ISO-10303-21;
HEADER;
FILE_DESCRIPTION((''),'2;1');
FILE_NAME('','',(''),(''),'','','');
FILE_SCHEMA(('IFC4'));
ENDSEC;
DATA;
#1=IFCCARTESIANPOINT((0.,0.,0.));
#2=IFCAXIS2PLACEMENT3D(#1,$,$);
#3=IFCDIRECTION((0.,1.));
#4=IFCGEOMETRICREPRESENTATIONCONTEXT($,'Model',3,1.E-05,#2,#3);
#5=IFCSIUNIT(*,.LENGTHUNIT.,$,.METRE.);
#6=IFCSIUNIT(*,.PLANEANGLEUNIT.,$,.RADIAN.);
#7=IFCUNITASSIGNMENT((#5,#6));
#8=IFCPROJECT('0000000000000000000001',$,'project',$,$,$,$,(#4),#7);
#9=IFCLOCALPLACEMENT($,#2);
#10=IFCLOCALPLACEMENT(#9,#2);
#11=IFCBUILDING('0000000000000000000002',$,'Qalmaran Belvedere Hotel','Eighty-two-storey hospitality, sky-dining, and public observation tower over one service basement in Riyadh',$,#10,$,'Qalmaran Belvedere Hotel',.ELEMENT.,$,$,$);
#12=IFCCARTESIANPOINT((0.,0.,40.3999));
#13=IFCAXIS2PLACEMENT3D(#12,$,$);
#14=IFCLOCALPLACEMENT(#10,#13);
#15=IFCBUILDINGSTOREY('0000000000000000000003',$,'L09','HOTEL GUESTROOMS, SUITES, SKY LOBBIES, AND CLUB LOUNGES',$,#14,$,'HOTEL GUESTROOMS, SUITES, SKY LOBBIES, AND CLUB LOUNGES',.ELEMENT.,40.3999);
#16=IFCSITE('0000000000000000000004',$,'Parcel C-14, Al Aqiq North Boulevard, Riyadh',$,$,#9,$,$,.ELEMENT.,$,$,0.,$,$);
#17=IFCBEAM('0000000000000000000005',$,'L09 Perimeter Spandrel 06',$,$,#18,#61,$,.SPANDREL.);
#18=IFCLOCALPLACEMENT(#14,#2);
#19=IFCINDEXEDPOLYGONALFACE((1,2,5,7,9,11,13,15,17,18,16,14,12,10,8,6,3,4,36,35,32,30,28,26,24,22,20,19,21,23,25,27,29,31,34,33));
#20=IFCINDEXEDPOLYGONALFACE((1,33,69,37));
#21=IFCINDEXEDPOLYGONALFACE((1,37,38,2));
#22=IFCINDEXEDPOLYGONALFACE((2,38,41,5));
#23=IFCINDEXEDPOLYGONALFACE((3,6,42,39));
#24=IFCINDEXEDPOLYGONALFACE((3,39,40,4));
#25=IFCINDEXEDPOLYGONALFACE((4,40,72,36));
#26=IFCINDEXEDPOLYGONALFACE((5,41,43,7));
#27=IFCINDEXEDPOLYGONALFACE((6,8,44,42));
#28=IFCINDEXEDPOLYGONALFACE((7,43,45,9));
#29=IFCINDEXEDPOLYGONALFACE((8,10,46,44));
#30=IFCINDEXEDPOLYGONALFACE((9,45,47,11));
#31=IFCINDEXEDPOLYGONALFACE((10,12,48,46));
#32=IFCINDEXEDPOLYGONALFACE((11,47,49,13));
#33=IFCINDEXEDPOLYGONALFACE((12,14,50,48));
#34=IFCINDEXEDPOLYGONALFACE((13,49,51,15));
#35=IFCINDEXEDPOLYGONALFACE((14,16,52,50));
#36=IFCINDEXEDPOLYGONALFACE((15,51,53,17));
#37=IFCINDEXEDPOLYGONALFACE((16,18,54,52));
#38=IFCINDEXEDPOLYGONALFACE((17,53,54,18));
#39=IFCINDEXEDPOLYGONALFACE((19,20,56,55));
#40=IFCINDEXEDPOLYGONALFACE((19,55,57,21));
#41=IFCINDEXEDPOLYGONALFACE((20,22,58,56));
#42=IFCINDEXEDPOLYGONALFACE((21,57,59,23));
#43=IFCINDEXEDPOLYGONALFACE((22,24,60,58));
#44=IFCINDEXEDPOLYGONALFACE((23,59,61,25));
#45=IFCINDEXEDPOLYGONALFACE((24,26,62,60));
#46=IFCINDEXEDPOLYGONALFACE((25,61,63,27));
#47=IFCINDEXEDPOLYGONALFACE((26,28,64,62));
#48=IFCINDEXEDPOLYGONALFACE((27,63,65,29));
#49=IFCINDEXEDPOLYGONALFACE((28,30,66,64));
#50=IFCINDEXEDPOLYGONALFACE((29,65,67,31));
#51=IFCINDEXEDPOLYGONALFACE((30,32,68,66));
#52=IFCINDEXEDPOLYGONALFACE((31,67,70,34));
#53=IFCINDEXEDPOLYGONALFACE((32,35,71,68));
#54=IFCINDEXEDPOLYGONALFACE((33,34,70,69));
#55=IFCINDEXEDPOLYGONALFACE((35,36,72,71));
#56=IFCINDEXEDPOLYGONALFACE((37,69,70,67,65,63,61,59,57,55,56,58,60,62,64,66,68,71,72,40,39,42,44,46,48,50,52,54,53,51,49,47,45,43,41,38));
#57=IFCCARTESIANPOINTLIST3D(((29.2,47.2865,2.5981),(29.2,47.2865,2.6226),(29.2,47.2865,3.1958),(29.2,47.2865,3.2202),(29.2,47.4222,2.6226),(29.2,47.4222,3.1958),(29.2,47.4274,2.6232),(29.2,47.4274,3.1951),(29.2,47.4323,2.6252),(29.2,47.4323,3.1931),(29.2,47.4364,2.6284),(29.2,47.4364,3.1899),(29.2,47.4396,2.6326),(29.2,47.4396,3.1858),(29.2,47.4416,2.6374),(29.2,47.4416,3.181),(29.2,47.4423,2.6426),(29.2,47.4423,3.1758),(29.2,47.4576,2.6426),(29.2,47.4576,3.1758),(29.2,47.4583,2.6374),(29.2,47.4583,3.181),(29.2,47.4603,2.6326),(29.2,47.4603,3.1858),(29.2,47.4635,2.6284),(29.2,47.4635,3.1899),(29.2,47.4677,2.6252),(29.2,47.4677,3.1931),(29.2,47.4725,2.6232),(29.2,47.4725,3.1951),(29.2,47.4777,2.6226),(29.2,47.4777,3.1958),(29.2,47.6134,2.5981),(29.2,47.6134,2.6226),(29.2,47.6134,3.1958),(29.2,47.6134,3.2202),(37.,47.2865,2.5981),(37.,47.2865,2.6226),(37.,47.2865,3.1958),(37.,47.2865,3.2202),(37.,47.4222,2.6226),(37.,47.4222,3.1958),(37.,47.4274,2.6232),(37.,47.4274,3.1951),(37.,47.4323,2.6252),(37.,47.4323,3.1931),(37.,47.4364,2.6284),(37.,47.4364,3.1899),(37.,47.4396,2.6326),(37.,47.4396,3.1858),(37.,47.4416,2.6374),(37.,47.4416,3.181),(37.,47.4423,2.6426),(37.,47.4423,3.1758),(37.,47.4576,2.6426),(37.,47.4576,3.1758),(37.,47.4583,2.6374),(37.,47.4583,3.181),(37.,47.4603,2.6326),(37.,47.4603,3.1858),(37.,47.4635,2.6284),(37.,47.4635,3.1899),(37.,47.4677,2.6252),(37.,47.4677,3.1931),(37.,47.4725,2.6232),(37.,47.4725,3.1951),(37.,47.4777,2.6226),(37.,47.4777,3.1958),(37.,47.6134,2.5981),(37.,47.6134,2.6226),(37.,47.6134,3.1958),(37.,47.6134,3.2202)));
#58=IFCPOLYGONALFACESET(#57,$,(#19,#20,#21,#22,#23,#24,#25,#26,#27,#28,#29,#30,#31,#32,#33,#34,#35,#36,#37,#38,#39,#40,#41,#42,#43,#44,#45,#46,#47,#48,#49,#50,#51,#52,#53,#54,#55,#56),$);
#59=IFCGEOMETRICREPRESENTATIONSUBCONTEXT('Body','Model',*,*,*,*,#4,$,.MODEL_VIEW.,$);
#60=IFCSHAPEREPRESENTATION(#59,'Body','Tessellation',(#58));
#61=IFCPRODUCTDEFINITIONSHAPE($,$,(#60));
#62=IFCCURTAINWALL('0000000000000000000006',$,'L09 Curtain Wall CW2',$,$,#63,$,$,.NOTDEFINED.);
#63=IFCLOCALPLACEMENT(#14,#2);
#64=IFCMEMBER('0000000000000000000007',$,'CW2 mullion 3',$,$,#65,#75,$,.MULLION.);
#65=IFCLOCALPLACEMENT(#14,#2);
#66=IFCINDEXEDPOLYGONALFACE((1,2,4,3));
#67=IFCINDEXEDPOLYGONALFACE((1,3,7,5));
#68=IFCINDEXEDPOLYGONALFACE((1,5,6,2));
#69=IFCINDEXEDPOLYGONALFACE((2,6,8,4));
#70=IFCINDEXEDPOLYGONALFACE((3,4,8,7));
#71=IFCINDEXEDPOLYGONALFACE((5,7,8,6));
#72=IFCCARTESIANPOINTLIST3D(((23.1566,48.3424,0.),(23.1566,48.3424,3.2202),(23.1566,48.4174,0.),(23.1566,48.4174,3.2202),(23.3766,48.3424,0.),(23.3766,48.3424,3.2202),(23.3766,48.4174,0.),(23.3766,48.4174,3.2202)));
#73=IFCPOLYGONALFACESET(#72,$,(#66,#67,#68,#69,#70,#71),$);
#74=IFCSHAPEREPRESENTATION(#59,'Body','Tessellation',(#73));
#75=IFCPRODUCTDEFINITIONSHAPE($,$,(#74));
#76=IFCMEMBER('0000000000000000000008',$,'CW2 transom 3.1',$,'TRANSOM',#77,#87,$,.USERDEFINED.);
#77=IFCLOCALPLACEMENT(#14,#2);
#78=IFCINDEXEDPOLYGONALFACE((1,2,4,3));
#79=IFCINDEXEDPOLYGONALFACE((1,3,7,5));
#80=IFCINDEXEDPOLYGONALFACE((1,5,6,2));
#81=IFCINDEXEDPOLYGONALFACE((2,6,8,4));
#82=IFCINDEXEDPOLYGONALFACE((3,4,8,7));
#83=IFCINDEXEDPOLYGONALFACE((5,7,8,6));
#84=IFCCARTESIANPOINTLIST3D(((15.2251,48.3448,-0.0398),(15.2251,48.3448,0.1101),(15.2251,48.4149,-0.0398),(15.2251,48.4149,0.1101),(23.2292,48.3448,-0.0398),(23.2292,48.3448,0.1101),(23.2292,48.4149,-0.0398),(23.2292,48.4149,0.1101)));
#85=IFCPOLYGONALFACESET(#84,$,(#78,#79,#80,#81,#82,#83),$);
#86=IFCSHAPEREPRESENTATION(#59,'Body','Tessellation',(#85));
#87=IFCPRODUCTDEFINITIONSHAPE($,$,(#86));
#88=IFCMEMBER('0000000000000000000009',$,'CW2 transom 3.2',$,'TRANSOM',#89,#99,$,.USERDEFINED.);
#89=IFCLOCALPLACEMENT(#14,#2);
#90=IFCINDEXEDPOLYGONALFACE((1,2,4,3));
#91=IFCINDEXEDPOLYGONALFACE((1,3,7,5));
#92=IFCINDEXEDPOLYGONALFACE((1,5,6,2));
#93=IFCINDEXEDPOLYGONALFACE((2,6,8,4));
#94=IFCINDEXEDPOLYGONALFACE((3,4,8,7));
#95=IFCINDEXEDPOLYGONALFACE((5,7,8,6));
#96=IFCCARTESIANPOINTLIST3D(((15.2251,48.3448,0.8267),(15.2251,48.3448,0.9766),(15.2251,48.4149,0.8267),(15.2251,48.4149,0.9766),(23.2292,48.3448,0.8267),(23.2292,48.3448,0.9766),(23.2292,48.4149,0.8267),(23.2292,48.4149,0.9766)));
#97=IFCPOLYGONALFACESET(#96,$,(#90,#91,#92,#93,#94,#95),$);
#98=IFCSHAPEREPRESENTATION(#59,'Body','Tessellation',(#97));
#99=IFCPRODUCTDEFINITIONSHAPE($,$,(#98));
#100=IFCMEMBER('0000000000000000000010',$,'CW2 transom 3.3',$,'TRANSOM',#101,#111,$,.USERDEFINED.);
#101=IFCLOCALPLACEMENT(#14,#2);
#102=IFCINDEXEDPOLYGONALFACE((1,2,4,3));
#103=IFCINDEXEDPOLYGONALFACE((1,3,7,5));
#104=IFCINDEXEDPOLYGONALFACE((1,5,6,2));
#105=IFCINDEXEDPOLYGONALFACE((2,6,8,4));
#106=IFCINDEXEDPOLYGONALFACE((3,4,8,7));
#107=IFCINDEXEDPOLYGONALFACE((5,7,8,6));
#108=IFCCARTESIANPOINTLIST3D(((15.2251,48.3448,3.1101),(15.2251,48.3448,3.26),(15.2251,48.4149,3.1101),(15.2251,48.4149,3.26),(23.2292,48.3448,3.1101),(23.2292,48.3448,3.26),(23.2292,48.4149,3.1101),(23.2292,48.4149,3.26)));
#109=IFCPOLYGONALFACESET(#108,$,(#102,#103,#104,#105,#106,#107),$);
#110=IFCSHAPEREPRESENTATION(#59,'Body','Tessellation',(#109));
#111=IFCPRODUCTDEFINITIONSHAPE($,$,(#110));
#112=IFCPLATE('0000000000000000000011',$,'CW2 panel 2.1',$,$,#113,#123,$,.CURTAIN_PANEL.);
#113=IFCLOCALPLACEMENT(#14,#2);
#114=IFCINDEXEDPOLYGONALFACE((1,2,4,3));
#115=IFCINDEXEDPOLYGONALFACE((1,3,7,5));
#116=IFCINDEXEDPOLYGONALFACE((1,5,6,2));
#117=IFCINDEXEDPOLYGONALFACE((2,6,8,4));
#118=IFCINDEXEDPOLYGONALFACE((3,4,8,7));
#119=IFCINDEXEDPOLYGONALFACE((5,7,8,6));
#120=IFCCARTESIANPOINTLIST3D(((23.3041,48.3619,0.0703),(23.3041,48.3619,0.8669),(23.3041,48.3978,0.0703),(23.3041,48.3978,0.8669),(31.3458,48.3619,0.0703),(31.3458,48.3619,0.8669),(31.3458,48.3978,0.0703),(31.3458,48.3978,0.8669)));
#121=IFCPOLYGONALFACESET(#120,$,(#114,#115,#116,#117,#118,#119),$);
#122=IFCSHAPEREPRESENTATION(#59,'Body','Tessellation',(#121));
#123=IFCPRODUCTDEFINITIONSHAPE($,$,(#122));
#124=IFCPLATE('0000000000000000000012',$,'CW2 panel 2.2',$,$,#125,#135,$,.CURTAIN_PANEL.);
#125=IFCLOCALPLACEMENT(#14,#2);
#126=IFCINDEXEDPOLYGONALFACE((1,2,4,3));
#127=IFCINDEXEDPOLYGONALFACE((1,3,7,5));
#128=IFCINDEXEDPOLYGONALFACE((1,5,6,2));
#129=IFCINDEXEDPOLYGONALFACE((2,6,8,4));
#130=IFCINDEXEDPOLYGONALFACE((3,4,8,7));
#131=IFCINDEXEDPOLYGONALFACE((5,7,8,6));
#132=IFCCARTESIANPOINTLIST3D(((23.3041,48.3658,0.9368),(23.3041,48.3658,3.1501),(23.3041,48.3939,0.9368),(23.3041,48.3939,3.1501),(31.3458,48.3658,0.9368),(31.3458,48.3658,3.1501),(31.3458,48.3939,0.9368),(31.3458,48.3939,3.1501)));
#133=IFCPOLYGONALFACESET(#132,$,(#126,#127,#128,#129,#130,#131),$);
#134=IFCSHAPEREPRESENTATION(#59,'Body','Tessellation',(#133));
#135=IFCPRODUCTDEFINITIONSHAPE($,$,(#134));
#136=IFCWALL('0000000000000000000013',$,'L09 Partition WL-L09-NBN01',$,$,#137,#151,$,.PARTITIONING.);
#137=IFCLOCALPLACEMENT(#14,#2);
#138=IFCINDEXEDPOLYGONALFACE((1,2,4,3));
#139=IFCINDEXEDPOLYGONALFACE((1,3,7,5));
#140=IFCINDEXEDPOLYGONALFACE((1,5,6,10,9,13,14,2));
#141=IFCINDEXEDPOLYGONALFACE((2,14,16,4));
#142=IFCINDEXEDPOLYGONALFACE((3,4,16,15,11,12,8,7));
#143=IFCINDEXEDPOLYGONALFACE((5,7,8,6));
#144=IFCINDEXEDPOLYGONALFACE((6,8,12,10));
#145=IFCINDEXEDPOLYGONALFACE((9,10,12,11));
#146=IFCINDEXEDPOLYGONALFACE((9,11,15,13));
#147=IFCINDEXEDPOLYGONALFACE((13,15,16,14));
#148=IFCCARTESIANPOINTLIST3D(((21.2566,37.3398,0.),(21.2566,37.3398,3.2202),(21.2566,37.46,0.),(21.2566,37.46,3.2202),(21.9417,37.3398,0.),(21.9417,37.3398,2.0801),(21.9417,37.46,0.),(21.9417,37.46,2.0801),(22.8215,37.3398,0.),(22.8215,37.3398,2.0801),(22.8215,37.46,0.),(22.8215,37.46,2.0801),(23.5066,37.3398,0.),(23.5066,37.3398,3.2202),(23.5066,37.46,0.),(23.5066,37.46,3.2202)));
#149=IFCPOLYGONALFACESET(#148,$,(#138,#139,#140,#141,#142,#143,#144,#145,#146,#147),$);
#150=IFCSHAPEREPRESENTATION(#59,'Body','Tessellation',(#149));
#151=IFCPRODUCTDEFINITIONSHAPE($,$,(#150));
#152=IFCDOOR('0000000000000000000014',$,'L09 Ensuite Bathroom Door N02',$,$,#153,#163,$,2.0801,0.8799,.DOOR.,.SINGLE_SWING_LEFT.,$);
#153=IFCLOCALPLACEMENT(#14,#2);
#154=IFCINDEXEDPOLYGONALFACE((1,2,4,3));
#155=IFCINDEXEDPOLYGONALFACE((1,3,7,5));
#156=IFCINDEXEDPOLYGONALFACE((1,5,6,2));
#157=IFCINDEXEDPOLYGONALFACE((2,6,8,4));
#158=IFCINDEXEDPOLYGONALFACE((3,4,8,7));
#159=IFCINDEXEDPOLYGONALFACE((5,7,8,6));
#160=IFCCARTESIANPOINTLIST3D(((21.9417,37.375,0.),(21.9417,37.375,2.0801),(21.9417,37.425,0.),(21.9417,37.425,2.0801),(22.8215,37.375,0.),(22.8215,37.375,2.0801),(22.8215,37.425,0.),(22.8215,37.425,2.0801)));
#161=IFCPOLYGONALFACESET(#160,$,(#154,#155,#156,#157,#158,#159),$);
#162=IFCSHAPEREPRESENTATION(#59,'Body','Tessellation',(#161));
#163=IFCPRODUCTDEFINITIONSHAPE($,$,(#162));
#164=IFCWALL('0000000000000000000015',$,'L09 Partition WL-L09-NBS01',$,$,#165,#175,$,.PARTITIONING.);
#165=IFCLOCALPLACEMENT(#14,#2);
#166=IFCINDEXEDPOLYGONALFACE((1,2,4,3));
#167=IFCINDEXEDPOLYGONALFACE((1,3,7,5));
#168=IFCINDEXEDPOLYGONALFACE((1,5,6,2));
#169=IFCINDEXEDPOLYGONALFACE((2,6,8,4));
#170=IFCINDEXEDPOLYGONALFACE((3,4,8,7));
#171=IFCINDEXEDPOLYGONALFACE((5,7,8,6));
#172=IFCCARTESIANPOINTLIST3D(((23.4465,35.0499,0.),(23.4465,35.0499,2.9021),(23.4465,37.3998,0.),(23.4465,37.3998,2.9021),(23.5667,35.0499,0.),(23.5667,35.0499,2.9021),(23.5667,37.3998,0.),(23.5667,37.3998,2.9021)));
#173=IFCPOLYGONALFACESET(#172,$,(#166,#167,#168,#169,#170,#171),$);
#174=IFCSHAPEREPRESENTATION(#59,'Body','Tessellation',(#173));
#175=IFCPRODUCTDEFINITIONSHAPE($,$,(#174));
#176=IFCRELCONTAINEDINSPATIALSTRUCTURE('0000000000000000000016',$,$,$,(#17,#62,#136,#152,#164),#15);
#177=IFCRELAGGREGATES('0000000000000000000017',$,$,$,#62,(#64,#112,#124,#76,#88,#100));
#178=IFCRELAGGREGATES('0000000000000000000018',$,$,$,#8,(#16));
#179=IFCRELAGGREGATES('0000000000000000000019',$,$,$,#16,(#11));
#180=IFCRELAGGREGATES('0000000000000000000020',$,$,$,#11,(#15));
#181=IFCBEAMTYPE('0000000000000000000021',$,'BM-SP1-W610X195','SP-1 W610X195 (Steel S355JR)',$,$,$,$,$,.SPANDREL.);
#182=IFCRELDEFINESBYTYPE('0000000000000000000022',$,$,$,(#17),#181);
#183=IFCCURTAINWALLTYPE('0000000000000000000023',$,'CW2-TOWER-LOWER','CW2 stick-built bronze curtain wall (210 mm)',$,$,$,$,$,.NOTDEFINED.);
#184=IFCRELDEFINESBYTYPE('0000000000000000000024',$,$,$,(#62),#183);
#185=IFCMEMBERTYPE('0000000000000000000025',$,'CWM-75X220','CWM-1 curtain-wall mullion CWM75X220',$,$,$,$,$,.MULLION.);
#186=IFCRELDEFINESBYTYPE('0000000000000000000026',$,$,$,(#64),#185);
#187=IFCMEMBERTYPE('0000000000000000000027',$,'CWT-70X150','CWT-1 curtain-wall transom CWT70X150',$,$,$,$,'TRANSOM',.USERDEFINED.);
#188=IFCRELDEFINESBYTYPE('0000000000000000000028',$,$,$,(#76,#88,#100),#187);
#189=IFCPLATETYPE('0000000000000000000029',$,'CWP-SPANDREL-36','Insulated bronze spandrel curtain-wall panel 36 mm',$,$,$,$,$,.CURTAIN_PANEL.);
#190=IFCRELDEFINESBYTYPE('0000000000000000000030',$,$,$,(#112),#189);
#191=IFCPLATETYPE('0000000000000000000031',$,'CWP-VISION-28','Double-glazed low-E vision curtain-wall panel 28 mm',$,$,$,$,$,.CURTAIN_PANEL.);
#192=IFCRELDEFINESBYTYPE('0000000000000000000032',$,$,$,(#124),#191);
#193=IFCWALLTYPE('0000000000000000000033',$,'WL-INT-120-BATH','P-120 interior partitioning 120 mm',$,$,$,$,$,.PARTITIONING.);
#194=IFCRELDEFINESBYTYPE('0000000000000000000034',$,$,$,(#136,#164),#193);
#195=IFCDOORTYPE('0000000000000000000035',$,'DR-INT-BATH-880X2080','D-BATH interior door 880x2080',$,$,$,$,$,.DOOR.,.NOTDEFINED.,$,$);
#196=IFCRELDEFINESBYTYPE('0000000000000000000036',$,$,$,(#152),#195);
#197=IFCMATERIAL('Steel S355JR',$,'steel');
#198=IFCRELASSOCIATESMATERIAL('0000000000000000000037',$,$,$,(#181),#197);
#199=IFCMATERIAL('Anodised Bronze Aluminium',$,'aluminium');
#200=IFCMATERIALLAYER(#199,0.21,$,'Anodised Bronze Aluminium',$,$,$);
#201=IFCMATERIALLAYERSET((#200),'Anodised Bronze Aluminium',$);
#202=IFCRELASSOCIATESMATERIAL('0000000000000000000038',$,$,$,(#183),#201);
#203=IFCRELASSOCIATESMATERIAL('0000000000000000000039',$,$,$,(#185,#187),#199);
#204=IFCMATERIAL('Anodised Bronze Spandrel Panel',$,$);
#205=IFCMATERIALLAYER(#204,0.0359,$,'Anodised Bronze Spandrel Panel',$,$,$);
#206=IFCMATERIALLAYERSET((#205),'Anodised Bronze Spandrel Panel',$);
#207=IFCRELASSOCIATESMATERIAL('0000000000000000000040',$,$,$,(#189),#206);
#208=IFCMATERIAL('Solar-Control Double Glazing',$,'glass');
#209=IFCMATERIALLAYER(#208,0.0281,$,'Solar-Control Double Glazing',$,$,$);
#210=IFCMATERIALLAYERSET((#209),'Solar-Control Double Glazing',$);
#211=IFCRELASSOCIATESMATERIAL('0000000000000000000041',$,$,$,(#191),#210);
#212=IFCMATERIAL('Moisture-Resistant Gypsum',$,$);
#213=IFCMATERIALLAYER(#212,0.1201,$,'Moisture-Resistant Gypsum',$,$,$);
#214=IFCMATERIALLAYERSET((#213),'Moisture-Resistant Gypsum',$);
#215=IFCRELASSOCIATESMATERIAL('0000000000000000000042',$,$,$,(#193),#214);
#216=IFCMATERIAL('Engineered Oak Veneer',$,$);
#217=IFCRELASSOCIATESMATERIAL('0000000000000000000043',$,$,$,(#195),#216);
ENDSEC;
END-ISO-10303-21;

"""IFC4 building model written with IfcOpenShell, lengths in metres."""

from ifc_helpers import new_model, si_unit, direction, frame, frame_2d, origin, origin_2d, place, context, subcontext, project, spatial, rectangle, i_section, extrude, material, layer, layer_set, material_profile, profile_set, type_object, element, fill, aggregate, save


model = new_model("IFC4")

# Units and contexts
model_context = context("Model", 3, precision=1e-05, world=origin(), true_north=direction((0.0, 1.0)))
body_context = subcontext(model_context, "Body", "Model", "MODEL_VIEW")
ifc_project = project(units=[si_unit("LENGTHUNIT", "METRE"), si_unit("PLANEANGLEUNIT", "RADIAN")], contexts=[model_context])

# Site, building, storey
site_placement = place(None, origin())
site = spatial("IfcSite", under=ifc_project, at=site_placement, Name="Parcel C-14, Al Aqiq North Boulevard, Riyadh", CompositionType="ELEMENT", RefElevation=0.0)
building_placement = place(site_placement, origin())
building = spatial("IfcBuilding", under=site, at=building_placement, Name="Qalmaran Belvedere Hotel", Description="Eighty-two-storey hospitality, sky-dining, and public observation tower over one service basement in Riyadh", LongName="Qalmaran Belvedere Hotel", CompositionType="ELEMENT")
storey_placement = place(building_placement, frame((0.0, 0.0, 40.3999)))
storey = spatial("IfcBuildingStorey", under=building, at=storey_placement, Name="L09", Description="HOTEL GUESTROOMS, SUITES, SKY LOBBIES, AND CLUB LOUNGES", LongName="HOTEL GUESTROOMS, SUITES, SKY LOBBIES, AND CLUB LOUNGES", CompositionType="ELEMENT", Elevation=40.3999)

# Beam
ifc_material_1 = material(Name="Steel S355JR", Category="steel")
ifc_material_profile_1 = material_profile(ifc_material_1, i_section(OverallWidth=0.3269, OverallDepth=0.6221, WebThickness=0.0154, FlangeThickness=0.0244, FilletRadius=0.02, at=origin_2d()), Name="W610X195")
ifc_profile_set_1 = profile_set([ifc_material_profile_1], Name="Steel S355JR")
beam_type_1 = type_object("IfcBeamType", Name="BM-SP1-W610X195", Description="SP-1 W610X195 (Steel S355JR)", PredefinedType="SPANDREL", material=ifc_profile_set_1)
beam_1_placement = place(storey_placement, frame((29.2, 47.45, 2.9092), z_axis=(1.0, 0.0, 0.0), x_axis=(0.0, 1.0, 0.0)))
element("IfcBeam", 1, at=beam_1_placement, inside=storey, type_object=beam_type_1, Name="L09 Perimeter Spandrel 06", PredefinedType="SPANDREL", context=body_context, shape_type="SweptSolid", body=[
    extrude(i_section(OverallWidth=0.3269, OverallDepth=0.6221, WebThickness=0.0154, FlangeThickness=0.0244, FilletRadius=0.02, at=origin_2d()), origin(), (0.0, 0.0, 1.0), 7.8),
])

# Curtain wall, members, plates
ifc_material_2 = material(Name="Anodised Bronze Aluminium", Category="aluminium")
ifc_layer_1 = layer(ifc_material_2, 0.21, Name="Anodised Bronze Aluminium")
ifc_layer_set_1 = layer_set([ifc_layer_1], Name="Anodised Bronze Aluminium")
curtain_wall_type = type_object("IfcCurtainWallType", Name="CW2-TOWER-LOWER", Description="CW2 stick-built bronze curtain wall (210 mm)", PredefinedType="NOTDEFINED", material=ifc_layer_set_1)
curtain_wall_placement = place(storey_placement, origin())
curtain_wall = element("IfcCurtainWall", 2, at=curtain_wall_placement, inside=storey, type_object=curtain_wall_type, Name="L09 Curtain Wall CW2", PredefinedType="NOTDEFINED")
ifc_material_profile_2 = material_profile(ifc_material_2, rectangle(XDim=0.075, YDim=0.22, at=origin_2d()), Name="CWM75X220")
ifc_profile_set_2 = profile_set([ifc_material_profile_2], Name="Anodised Bronze Aluminium")
member_type_1 = type_object("IfcMemberType", Name="CWM-75X220", Description="CWM-1 curtain-wall mullion CWM75X220", PredefinedType="MULLION", material=ifc_profile_set_2)
member_1_placement = place(storey_placement, frame((23.2666, 48.3799, 0.0), z_axis=(0.0, 0.0, 1.0), x_axis=(0.0, -1.0, 0.0)))
member_1 = element("IfcMember", 3, at=member_1_placement, type_object=member_type_1, Name="CW2 mullion 3", PredefinedType="MULLION", context=body_context, shape_type="SweptSolid", body=[
    extrude(rectangle(XDim=0.075, YDim=0.22, at=origin_2d()), origin(), (0.0, 0.0, 1.0), 3.2202),
])
ifc_material_profile_3 = material_profile(ifc_material_2, rectangle(XDim=0.0701, YDim=0.1499, at=origin_2d()), Name="CWT70X150")
ifc_profile_set_3 = profile_set([ifc_material_profile_3], Name="Anodised Bronze Aluminium")
member_type_2 = type_object("IfcMemberType", Name="CWT-70X150", Description="CWT-1 curtain-wall transom CWT70X150", ElementType="TRANSOM", PredefinedType="USERDEFINED", material=ifc_profile_set_3)
member_2_placement = place(storey_placement, frame((23.2292, 48.3799, 0.0352), z_axis=(-1.0, 0.0, 0.0), x_axis=(0.0, -1.0, 0.0)))
member_2 = element("IfcMember", 4, at=member_2_placement, type_object=member_type_2, Name="CW2 transom 3.1", ObjectType="TRANSOM", PredefinedType="USERDEFINED", context=body_context, shape_type="SweptSolid", body=[
    extrude(rectangle(XDim=0.0701, YDim=0.1499, at=origin_2d()), origin(), (0.0, 0.0, 1.0), 8.0042),
])
member_3_placement = place(storey_placement, frame((23.2292, 48.3799, 0.9016), z_axis=(-1.0, 0.0, 0.0), x_axis=(0.0, -1.0, 0.0)))
member_3 = element("IfcMember", 5, at=member_3_placement, type_object=member_type_2, Name="CW2 transom 3.2", ObjectType="TRANSOM", PredefinedType="USERDEFINED", context=body_context, shape_type="SweptSolid", body=[
    extrude(rectangle(XDim=0.0701, YDim=0.1499, at=origin_2d()), origin(), (0.0, 0.0, 1.0), 8.0042),
])
member_4_placement = place(storey_placement, frame((23.2292, 48.3799, 3.1851), z_axis=(-1.0, 0.0, 0.0), x_axis=(0.0, -1.0, 0.0)))
member_4 = element("IfcMember", 6, at=member_4_placement, type_object=member_type_2, Name="CW2 transom 3.3", ObjectType="TRANSOM", PredefinedType="USERDEFINED", context=body_context, shape_type="SweptSolid", body=[
    extrude(rectangle(XDim=0.0701, YDim=0.1499, at=origin_2d()), origin(), (0.0, 0.0, 1.0), 8.0042),
])
ifc_material_3 = material(Name="Anodised Bronze Spandrel Panel")
ifc_layer_2 = layer(ifc_material_3, 0.0359, Name="Anodised Bronze Spandrel Panel")
ifc_layer_set_2 = layer_set([ifc_layer_2], Name="Anodised Bronze Spandrel Panel")
plate_type_1 = type_object("IfcPlateType", Name="CWP-SPANDREL-36", Description="Insulated bronze spandrel curtain-wall panel 36 mm", PredefinedType="CURTAIN_PANEL", material=ifc_layer_set_2)
plate_1_placement = place(storey_placement, frame((27.325, 48.3799, 0.0703), z_axis=(0.0, 0.0, 1.0), x_axis=(-1.0, 0.0, 0.0)))
plate_1 = element("IfcPlate", 7, at=plate_1_placement, type_object=plate_type_1, Name="CW2 panel 2.1", PredefinedType="CURTAIN_PANEL", context=body_context, shape_type="SweptSolid", body=[
    extrude(rectangle(XDim=8.0417, YDim=0.0359, at=origin_2d()), origin(), (0.0, 0.0, 1.0), 0.7966),
])
ifc_material_4 = material(Name="Solar-Control Double Glazing", Category="glass")
ifc_layer_3 = layer(ifc_material_4, 0.0281, Name="Solar-Control Double Glazing")
ifc_layer_set_3 = layer_set([ifc_layer_3], Name="Solar-Control Double Glazing")
plate_type_2 = type_object("IfcPlateType", Name="CWP-VISION-28", Description="Double-glazed low-E vision curtain-wall panel 28 mm", PredefinedType="CURTAIN_PANEL", material=ifc_layer_set_3)
plate_2_placement = place(storey_placement, frame((27.325, 48.3799, 0.9368), z_axis=(0.0, 0.0, 1.0), x_axis=(-1.0, 0.0, 0.0)))
plate_2 = element("IfcPlate", 8, at=plate_2_placement, type_object=plate_type_2, Name="CW2 panel 2.2", PredefinedType="CURTAIN_PANEL", context=body_context, shape_type="SweptSolid", body=[
    extrude(rectangle(XDim=8.0417, YDim=0.0281, at=origin_2d()), origin(), (0.0, 0.0, 1.0), 2.2134),
])
aggregate(curtain_wall, [member_1, plate_1, plate_2, member_2, member_3, member_4])

# Wall, opening, door
ifc_material_5 = material(Name="Moisture-Resistant Gypsum")
ifc_layer_4 = layer(ifc_material_5, 0.1201, Name="Moisture-Resistant Gypsum")
ifc_layer_set_4 = layer_set([ifc_layer_4], Name="Moisture-Resistant Gypsum")
wall_type_1 = type_object("IfcWallType", Name="WL-INT-120-BATH", Description="P-120 interior partitioning 120 mm", PredefinedType="PARTITIONING", material=ifc_layer_set_4)
wall_1_placement = place(storey_placement, frame((21.2566, 37.3999, 0.0), z_axis=(0.0, 0.0, 1.0), x_axis=(1.0, 0.0, 0.0)))
wall_1 = element("IfcWall", 9, at=wall_1_placement, inside=storey, type_object=wall_type_1, Name="L09 Partition WL-L09-NBN01", PredefinedType="PARTITIONING", context=body_context, shape_type="SweptSolid", body=[
    extrude(rectangle(XDim=2.25, YDim=0.1201, at=frame_2d((1.125, 0.0))), origin(), (0.0, 0.0, 1.0), 3.2202),
])
opening_1_placement = place(wall_1_placement, frame((1.5649, 0.0, 0.0), z_axis=(0.0, 0.0, 1.0), x_axis=(-1.0, 0.0, 0.0)))
opening_1 = element("IfcOpeningElement", 10, at=opening_1_placement, cuts=wall_1, PredefinedType="OPENING", context=body_context, shape_type="SweptSolid", body=[
    extrude(rectangle(XDim=0.8799, YDim=2.0801, at=frame_2d((0.4399, 1.04))), frame((0.0, 0.0701, 0.0), z_axis=(0.0, -1.0, 0.0), x_axis=(1.0, 0.0, 0.0)), (0.0, 0.0, 1.0), 0.1401),
])
ifc_material_6 = material(Name="Engineered Oak Veneer")
door_type_1 = type_object("IfcDoorType", Name="DR-INT-BATH-880X2080", Description="D-BATH interior door 880x2080", OperationType="NOTDEFINED", PredefinedType="DOOR", material=ifc_material_6)
door_1_placement = place(opening_1_placement, origin())
door_1 = element("IfcDoor", 11, at=door_1_placement, inside=storey, type_object=door_type_1, Name="L09 Ensuite Bathroom Door N02", OperationType="SINGLE_SWING_LEFT", OverallHeight=2.0801, OverallWidth=0.8799, PredefinedType="DOOR", context=body_context, shape_type="SweptSolid", body=[
    extrude(rectangle(XDim=0.8799, YDim=2.0801, at=frame_2d((0.4399, 1.04))), frame((0.0, 0.0249, 0.0), z_axis=(0.0, -1.0, 0.0), x_axis=(1.0, 0.0, 0.0)), (0.0, 0.0, 1.0), 0.05),
])
fill(opening_1, door_1)

# Wall
wall_2_placement = place(storey_placement, frame((23.5066, 35.05, 0.0), z_axis=(0.0, 0.0, 1.0), x_axis=(0.0, 1.0, 0.0)))
element("IfcWall", 12, at=wall_2_placement, inside=storey, type_object=wall_type_1, Name="L09 Partition WL-L09-NBS01", PredefinedType="PARTITIONING", context=body_context, shape_type="SweptSolid", body=[
    extrude(rectangle(XDim=2.3499, YDim=0.1201, at=frame_2d((1.1748, 0.0))), origin(), (0.0, 0.0, 1.0), 2.9021),
])

save(model, "model.ifc")
